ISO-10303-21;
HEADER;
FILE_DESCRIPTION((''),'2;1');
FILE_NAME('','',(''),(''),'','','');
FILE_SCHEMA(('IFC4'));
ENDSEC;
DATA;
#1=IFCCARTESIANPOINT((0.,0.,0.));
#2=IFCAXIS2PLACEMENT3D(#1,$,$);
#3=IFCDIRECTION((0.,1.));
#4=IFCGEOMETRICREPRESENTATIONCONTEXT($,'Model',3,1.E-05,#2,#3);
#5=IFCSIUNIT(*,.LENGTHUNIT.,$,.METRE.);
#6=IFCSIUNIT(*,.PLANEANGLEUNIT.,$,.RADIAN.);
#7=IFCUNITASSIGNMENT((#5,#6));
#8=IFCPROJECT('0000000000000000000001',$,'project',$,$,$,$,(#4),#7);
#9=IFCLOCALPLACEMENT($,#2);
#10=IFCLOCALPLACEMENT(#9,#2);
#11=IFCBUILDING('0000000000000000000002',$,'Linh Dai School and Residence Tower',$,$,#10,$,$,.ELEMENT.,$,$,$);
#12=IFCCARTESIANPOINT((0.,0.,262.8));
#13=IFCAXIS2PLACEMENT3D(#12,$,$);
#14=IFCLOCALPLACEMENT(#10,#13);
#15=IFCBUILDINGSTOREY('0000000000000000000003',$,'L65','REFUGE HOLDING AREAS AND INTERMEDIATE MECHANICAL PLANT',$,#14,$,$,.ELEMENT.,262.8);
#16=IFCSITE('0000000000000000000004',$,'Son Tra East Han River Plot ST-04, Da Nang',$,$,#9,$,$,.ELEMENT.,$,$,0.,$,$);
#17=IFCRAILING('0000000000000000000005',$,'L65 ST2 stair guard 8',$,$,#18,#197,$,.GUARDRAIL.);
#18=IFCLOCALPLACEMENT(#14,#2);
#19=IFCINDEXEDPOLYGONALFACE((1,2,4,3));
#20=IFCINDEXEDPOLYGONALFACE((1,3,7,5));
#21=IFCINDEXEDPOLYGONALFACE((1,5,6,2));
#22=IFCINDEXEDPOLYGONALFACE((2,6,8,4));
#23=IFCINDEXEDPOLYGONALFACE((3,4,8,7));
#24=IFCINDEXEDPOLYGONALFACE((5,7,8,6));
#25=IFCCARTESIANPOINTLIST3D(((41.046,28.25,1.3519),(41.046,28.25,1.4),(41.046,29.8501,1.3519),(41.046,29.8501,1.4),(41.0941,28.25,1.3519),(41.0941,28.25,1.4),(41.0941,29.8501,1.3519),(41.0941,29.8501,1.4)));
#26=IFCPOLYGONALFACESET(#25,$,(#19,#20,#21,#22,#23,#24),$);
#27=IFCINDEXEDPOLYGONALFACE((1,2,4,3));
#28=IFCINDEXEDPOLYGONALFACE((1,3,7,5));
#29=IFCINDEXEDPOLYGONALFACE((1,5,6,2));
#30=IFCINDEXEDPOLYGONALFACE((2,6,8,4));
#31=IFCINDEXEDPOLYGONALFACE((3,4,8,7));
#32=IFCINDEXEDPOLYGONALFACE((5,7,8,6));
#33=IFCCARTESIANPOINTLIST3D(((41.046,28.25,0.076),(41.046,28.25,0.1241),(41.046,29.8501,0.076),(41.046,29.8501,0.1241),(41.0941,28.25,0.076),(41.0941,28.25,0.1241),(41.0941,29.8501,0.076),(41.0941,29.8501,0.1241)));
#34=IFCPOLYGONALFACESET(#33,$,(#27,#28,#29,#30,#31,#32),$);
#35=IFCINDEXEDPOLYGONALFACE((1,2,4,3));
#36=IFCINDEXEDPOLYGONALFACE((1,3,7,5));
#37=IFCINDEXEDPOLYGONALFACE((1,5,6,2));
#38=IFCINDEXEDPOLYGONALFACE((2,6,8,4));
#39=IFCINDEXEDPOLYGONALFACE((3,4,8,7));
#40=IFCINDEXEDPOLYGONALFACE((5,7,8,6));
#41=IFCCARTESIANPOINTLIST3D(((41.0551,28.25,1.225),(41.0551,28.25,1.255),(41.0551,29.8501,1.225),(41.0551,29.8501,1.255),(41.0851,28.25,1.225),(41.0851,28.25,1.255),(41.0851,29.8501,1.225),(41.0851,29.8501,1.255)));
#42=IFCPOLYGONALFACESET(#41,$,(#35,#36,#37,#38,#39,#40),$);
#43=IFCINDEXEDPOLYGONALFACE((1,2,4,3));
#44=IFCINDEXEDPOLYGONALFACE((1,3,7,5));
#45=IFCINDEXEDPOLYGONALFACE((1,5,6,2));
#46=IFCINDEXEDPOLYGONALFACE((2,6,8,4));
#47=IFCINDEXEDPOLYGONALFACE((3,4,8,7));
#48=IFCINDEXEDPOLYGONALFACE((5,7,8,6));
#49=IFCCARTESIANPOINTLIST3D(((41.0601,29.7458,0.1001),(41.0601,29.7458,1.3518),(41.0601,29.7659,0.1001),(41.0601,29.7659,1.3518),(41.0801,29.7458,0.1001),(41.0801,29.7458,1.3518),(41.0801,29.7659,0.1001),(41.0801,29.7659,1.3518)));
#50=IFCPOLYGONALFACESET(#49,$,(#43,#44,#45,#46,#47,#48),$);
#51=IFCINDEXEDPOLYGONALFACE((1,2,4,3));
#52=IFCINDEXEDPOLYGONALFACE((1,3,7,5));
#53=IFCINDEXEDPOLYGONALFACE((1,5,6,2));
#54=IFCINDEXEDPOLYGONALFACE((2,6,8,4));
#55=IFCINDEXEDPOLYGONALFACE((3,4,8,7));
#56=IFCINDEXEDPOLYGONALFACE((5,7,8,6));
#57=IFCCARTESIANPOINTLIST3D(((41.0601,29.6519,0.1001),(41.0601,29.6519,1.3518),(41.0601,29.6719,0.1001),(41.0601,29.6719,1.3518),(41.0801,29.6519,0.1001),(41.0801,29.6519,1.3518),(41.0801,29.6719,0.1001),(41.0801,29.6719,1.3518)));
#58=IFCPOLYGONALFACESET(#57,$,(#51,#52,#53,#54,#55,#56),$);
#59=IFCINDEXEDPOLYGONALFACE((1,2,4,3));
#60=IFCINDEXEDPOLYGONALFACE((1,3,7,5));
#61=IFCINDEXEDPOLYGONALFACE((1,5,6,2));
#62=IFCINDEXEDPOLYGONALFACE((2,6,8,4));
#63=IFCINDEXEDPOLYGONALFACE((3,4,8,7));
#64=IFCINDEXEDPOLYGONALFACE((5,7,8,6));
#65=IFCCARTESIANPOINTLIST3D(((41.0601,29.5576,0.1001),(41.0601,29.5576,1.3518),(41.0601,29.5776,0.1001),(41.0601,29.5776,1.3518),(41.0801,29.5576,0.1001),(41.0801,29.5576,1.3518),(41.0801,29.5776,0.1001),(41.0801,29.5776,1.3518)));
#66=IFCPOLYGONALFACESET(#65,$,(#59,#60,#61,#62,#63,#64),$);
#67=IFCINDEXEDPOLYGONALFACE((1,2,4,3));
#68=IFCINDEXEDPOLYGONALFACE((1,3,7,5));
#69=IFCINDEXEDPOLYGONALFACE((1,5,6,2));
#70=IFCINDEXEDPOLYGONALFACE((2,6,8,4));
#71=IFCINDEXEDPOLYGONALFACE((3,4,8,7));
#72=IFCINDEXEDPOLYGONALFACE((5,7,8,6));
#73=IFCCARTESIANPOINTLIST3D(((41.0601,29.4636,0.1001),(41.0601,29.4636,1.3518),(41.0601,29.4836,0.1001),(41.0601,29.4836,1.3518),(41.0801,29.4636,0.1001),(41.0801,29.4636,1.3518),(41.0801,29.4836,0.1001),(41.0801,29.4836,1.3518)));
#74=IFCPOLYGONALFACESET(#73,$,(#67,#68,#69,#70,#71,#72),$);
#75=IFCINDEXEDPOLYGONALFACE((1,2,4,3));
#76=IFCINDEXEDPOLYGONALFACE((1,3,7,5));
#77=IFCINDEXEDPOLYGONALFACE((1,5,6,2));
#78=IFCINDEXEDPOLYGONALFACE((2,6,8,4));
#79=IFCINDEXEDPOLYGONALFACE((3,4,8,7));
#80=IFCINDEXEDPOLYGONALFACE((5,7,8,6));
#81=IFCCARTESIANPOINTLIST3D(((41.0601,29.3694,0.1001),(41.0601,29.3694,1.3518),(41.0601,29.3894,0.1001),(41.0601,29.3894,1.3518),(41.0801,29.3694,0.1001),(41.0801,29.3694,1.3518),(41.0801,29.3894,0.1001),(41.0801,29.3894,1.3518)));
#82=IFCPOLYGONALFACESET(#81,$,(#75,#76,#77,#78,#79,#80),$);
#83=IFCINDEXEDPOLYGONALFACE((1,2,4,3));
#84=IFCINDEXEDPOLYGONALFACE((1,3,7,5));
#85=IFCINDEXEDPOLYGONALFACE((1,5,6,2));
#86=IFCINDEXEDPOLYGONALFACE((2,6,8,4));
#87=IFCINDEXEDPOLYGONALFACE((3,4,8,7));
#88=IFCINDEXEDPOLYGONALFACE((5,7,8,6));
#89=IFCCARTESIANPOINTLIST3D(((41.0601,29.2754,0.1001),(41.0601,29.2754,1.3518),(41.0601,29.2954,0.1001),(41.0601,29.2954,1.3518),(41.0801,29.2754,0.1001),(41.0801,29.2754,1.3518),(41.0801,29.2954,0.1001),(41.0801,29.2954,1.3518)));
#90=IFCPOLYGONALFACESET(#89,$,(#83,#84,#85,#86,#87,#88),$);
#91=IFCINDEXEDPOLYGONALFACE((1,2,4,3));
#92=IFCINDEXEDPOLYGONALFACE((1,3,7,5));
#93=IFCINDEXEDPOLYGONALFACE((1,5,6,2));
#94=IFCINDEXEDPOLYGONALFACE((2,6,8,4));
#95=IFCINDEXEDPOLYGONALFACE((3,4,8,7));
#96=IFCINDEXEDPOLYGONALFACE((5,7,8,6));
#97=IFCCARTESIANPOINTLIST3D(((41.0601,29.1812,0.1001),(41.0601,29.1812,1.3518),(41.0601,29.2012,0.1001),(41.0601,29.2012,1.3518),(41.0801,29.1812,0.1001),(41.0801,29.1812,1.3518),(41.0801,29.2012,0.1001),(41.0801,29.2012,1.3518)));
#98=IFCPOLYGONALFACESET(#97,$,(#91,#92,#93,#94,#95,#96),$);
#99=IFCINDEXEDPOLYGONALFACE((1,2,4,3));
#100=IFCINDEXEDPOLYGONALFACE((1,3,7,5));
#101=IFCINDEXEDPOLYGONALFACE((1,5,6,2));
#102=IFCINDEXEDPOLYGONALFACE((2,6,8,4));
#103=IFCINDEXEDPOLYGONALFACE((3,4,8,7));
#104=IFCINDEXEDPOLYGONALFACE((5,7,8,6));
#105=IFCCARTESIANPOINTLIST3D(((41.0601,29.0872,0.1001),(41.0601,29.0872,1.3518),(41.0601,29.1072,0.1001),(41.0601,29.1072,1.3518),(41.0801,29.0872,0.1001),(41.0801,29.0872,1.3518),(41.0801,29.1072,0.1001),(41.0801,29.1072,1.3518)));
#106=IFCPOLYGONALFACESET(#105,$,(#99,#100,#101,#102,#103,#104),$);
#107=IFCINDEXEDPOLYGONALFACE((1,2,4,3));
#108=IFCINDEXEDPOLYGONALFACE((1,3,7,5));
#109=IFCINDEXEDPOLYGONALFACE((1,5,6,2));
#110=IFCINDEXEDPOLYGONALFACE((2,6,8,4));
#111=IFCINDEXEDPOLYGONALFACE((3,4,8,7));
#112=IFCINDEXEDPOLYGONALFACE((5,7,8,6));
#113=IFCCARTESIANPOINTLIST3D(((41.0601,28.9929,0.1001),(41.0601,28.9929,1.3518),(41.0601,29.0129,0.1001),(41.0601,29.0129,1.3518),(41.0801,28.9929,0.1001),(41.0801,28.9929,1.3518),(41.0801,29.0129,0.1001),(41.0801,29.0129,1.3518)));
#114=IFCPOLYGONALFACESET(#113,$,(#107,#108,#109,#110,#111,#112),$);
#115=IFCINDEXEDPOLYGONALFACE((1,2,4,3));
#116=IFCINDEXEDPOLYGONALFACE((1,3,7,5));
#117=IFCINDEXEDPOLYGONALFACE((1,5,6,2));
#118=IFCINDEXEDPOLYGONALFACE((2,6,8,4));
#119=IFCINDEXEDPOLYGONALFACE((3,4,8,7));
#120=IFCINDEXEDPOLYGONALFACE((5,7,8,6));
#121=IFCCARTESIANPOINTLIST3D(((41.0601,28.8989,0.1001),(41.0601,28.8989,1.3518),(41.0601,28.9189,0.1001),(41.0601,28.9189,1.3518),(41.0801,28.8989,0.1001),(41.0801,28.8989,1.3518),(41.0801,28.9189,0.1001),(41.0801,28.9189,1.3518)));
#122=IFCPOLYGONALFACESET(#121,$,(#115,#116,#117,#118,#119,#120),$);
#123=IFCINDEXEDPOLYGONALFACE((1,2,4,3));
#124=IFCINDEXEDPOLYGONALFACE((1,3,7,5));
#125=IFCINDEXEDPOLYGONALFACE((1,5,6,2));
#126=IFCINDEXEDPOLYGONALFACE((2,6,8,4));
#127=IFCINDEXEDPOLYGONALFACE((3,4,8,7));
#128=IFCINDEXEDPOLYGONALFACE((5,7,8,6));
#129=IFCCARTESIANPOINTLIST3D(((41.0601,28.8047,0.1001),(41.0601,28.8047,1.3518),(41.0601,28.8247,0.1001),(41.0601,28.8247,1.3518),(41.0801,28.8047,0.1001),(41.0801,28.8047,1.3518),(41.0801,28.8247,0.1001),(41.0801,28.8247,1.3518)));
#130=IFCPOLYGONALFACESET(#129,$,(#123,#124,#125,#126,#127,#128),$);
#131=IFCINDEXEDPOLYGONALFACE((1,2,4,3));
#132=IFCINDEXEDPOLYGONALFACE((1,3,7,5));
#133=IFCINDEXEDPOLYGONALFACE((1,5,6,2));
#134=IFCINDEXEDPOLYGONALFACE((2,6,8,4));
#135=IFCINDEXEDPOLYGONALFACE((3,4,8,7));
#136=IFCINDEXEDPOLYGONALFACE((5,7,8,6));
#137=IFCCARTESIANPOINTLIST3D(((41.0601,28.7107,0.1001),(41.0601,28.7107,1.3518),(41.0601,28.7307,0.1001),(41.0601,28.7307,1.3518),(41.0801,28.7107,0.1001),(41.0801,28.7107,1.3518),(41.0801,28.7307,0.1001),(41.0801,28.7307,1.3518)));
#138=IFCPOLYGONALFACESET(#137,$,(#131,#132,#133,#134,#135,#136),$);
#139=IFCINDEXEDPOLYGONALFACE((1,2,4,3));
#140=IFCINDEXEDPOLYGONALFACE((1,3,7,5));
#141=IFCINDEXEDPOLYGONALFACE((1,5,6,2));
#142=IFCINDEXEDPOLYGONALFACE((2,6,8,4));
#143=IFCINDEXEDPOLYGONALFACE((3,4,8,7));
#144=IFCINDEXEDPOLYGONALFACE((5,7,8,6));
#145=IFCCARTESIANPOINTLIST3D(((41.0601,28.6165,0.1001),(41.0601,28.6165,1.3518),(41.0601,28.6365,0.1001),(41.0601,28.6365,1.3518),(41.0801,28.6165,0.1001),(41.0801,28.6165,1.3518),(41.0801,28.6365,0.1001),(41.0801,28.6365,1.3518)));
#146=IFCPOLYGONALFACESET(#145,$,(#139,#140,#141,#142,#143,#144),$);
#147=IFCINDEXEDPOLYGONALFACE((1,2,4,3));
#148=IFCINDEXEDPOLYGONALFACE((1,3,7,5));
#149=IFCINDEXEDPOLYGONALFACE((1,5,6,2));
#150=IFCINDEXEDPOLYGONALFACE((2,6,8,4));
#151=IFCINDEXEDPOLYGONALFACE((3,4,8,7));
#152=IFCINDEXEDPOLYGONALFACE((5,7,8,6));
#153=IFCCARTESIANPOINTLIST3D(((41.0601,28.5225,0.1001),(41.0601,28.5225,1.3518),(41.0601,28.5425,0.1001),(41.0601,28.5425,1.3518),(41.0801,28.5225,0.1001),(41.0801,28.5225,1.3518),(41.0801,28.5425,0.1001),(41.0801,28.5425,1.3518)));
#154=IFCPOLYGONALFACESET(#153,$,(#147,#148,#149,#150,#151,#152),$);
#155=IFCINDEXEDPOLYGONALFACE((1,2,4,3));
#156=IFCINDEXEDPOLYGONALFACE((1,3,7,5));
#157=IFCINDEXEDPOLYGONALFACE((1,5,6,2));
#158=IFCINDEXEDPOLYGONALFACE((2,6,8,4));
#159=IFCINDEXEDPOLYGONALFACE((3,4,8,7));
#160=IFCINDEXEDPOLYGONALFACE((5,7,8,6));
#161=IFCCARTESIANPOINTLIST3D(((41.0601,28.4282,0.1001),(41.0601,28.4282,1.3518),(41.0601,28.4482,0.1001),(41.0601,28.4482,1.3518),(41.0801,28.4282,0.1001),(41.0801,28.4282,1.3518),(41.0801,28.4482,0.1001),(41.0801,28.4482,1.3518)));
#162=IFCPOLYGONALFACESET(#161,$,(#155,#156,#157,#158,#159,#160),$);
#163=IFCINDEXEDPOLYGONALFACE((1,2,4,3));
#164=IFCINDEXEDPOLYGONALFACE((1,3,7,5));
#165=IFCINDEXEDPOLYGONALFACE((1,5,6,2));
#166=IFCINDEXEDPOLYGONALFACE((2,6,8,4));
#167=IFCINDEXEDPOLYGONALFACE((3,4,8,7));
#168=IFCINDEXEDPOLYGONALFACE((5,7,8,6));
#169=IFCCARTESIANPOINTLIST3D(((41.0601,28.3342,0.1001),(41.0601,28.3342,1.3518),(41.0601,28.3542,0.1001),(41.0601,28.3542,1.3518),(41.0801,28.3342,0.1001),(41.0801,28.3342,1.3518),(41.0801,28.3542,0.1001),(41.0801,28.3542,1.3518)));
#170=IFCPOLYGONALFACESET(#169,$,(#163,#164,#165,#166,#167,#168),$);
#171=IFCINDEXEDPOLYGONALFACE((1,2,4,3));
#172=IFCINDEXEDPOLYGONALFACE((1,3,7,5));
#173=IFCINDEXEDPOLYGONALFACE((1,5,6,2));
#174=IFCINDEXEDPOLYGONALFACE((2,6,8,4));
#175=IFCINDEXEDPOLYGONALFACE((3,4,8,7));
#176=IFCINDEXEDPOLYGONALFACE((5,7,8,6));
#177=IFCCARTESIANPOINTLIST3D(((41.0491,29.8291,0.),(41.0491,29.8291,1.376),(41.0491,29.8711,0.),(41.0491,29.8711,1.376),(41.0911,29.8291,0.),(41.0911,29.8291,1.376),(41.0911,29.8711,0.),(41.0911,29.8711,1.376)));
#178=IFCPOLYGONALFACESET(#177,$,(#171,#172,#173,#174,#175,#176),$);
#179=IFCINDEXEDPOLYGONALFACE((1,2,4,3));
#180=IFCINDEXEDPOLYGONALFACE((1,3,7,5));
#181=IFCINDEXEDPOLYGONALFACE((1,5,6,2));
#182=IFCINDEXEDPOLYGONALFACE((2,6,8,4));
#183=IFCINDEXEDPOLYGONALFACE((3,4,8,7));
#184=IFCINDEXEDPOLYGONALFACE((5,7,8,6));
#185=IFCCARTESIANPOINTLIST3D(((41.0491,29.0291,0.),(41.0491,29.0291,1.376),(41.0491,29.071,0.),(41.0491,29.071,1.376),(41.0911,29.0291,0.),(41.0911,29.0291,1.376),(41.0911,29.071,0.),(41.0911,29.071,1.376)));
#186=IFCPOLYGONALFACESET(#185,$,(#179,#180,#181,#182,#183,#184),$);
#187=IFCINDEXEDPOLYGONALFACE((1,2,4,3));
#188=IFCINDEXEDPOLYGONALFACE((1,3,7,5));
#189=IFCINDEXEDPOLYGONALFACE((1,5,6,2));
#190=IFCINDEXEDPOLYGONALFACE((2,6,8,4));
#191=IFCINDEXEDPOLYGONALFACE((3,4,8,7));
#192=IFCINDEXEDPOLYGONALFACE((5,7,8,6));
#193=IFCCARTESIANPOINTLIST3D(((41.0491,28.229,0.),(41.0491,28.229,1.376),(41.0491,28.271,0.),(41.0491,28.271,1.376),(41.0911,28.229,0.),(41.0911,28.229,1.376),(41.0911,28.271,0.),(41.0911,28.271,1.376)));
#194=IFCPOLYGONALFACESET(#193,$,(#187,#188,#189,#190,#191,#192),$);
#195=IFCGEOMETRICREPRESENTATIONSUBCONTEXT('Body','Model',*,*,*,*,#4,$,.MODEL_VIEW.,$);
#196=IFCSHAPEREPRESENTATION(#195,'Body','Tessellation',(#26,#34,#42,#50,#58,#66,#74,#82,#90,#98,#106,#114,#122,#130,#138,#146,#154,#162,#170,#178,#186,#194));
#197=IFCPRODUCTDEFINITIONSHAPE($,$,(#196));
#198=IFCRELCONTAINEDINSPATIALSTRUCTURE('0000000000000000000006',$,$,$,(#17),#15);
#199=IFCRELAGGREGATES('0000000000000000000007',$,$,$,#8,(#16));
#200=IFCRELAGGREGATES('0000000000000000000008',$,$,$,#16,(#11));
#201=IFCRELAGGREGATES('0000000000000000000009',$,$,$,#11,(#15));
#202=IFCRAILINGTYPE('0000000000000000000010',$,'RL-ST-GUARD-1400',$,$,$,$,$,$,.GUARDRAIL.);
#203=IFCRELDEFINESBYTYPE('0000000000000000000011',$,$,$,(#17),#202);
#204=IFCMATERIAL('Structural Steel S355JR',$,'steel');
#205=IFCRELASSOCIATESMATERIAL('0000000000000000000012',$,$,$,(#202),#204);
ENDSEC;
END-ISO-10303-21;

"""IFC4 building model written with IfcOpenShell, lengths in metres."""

from ifc_helpers import new_model, si_unit, direction, frame, origin, origin_2d, place, context, subcontext, project, spatial, rectangle, extrude, source, transform, mapped, material, type_object, element, save


model = new_model("IFC4")

# Units and contexts
model_context = context("Model", 3, precision=1e-05, world=origin(), true_north=direction((0.0, 1.0)))
body_context = subcontext(model_context, "Body", "Model", "MODEL_VIEW")
ifc_project = project(units=[si_unit("LENGTHUNIT", "METRE"), si_unit("PLANEANGLEUNIT", "RADIAN")], contexts=[model_context])

# Site, building, storey
site_placement = place(None, origin())
site = spatial("IfcSite", under=ifc_project, at=site_placement, Name="Son Tra East Han River Plot ST-04, Da Nang", CompositionType="ELEMENT", RefElevation=0.0)
building_placement = place(site_placement, origin())
building = spatial("IfcBuilding", under=site, at=building_placement, Name="Linh Dai School and Residence Tower", CompositionType="ELEMENT")
storey_placement = place(building_placement, frame((0.0, 0.0, 262.8)))
storey = spatial("IfcBuildingStorey", under=building, at=storey_placement, Name="L65", Description="REFUGE HOLDING AREAS AND INTERMEDIATE MECHANICAL PLANT", CompositionType="ELEMENT", Elevation=262.8)

# Shared definitions
ifc_material_1 = material(Name="Structural Steel S355JR", Category="steel")

# Railing
railing_type_1 = type_object("IfcRailingType", Name="RL-ST-GUARD-1400", PredefinedType="GUARDRAIL", material=ifc_material_1)
shared_shape_1 = source(origin(), body_context, "Body", "SweptSolid", [
    extrude(rectangle(XDim=0.0481, YDim=0.0481, at=origin_2d()), frame((0.0, 0.0, 1.376), z_axis=(0.0, -1.0, 0.0), x_axis=(1.0, 0.0, 0.0)), (0.0, 0.0, 1.0), 1.6001),
    extrude(rectangle(XDim=0.0481, YDim=0.0481, at=origin_2d()), frame((0.0, 0.0, 0.1001), z_axis=(0.0, -1.0, 0.0), x_axis=(1.0, 0.0, 0.0)), (0.0, 0.0, 1.0), 1.6001),
    extrude(rectangle(XDim=0.03, YDim=0.03, at=origin_2d()), frame((0.0, 0.0, 1.24), z_axis=(0.0, -1.0, 0.0), x_axis=(1.0, 0.0, 0.0)), (0.0, 0.0, 1.0), 1.6001),
    extrude(rectangle(XDim=0.02, YDim=0.02, at=origin_2d()), frame((0.0, -0.0942, 0.1001)), (0.0, 0.0, 1.0), 1.2517),
    extrude(rectangle(XDim=0.02, YDim=0.02, at=origin_2d()), frame((0.0, -0.1882, 0.1001)), (0.0, 0.0, 1.0), 1.2517),
    extrude(rectangle(XDim=0.02, YDim=0.02, at=origin_2d()), frame((0.0, -0.2825, 0.1001)), (0.0, 0.0, 1.0), 1.2517),
    extrude(rectangle(XDim=0.02, YDim=0.02, at=origin_2d()), frame((0.0, -0.3765, 0.1001)), (0.0, 0.0, 1.0), 1.2517),
    extrude(rectangle(XDim=0.02, YDim=0.02, at=origin_2d()), frame((0.0, -0.4707, 0.1001)), (0.0, 0.0, 1.0), 1.2517),
    extrude(rectangle(XDim=0.02, YDim=0.02, at=origin_2d()), frame((0.0, -0.5647, 0.1001)), (0.0, 0.0, 1.0), 1.2517),
    extrude(rectangle(XDim=0.02, YDim=0.02, at=origin_2d()), frame((0.0, -0.6589, 0.1001)), (0.0, 0.0, 1.0), 1.2517),
    extrude(rectangle(XDim=0.02, YDim=0.02, at=origin_2d()), frame((0.0, -0.7529, 0.1001)), (0.0, 0.0, 1.0), 1.2517),
    extrude(rectangle(XDim=0.02, YDim=0.02, at=origin_2d()), frame((0.0, -0.8472, 0.1001)), (0.0, 0.0, 1.0), 1.2517),
    extrude(rectangle(XDim=0.02, YDim=0.02, at=origin_2d()), frame((0.0, -0.9412, 0.1001)), (0.0, 0.0, 1.0), 1.2517),
    extrude(rectangle(XDim=0.02, YDim=0.02, at=origin_2d()), frame((0.0, -1.0354, 0.1001)), (0.0, 0.0, 1.0), 1.2517),
    extrude(rectangle(XDim=0.02, YDim=0.02, at=origin_2d()), frame((0.0, -1.1294, 0.1001)), (0.0, 0.0, 1.0), 1.2517),
    extrude(rectangle(XDim=0.02, YDim=0.02, at=origin_2d()), frame((0.0, -1.2236, 0.1001)), (0.0, 0.0, 1.0), 1.2517),
    extrude(rectangle(XDim=0.02, YDim=0.02, at=origin_2d()), frame((0.0, -1.3176, 0.1001)), (0.0, 0.0, 1.0), 1.2517),
    extrude(rectangle(XDim=0.02, YDim=0.02, at=origin_2d()), frame((0.0, -1.4119, 0.1001)), (0.0, 0.0, 1.0), 1.2517),
    extrude(rectangle(XDim=0.02, YDim=0.02, at=origin_2d()), frame((0.0, -1.5059, 0.1001)), (0.0, 0.0, 1.0), 1.2517),
    extrude(rectangle(XDim=0.042, YDim=0.042, at=origin_2d()), origin(), (0.0, 0.0, 1.0), 1.376),
    extrude(rectangle(XDim=0.042, YDim=0.042, at=origin_2d()), frame((0.0, -0.8, 0.0)), (0.0, 0.0, 1.0), 1.376),
    extrude(rectangle(XDim=0.042, YDim=0.042, at=origin_2d()), frame((0.0, -1.6001, 0.0)), (0.0, 0.0, 1.0), 1.376),
])
for number, where, name in (
    (1, (41.0701, 29.8501, 0.0), "L65 ST2 stair guard 8"),
):
    element("IfcRailing", number, at=place(storey_placement, frame(where)), inside=storey, type_object=railing_type_1, Name=name, PredefinedType="GUARDRAIL", context=body_context, shape_type="MappedRepresentation", body=[
        mapped(shared_shape_1, transform((0.0, 0.0, 0.0), x_axis=(1.0, 0.0, 0.0), y_axis=(0.0, 1.0, 0.0), z_axis=(0.0, 0.0, 1.0), scale=1.0)),
    ])

save(model, "model.ifc")
